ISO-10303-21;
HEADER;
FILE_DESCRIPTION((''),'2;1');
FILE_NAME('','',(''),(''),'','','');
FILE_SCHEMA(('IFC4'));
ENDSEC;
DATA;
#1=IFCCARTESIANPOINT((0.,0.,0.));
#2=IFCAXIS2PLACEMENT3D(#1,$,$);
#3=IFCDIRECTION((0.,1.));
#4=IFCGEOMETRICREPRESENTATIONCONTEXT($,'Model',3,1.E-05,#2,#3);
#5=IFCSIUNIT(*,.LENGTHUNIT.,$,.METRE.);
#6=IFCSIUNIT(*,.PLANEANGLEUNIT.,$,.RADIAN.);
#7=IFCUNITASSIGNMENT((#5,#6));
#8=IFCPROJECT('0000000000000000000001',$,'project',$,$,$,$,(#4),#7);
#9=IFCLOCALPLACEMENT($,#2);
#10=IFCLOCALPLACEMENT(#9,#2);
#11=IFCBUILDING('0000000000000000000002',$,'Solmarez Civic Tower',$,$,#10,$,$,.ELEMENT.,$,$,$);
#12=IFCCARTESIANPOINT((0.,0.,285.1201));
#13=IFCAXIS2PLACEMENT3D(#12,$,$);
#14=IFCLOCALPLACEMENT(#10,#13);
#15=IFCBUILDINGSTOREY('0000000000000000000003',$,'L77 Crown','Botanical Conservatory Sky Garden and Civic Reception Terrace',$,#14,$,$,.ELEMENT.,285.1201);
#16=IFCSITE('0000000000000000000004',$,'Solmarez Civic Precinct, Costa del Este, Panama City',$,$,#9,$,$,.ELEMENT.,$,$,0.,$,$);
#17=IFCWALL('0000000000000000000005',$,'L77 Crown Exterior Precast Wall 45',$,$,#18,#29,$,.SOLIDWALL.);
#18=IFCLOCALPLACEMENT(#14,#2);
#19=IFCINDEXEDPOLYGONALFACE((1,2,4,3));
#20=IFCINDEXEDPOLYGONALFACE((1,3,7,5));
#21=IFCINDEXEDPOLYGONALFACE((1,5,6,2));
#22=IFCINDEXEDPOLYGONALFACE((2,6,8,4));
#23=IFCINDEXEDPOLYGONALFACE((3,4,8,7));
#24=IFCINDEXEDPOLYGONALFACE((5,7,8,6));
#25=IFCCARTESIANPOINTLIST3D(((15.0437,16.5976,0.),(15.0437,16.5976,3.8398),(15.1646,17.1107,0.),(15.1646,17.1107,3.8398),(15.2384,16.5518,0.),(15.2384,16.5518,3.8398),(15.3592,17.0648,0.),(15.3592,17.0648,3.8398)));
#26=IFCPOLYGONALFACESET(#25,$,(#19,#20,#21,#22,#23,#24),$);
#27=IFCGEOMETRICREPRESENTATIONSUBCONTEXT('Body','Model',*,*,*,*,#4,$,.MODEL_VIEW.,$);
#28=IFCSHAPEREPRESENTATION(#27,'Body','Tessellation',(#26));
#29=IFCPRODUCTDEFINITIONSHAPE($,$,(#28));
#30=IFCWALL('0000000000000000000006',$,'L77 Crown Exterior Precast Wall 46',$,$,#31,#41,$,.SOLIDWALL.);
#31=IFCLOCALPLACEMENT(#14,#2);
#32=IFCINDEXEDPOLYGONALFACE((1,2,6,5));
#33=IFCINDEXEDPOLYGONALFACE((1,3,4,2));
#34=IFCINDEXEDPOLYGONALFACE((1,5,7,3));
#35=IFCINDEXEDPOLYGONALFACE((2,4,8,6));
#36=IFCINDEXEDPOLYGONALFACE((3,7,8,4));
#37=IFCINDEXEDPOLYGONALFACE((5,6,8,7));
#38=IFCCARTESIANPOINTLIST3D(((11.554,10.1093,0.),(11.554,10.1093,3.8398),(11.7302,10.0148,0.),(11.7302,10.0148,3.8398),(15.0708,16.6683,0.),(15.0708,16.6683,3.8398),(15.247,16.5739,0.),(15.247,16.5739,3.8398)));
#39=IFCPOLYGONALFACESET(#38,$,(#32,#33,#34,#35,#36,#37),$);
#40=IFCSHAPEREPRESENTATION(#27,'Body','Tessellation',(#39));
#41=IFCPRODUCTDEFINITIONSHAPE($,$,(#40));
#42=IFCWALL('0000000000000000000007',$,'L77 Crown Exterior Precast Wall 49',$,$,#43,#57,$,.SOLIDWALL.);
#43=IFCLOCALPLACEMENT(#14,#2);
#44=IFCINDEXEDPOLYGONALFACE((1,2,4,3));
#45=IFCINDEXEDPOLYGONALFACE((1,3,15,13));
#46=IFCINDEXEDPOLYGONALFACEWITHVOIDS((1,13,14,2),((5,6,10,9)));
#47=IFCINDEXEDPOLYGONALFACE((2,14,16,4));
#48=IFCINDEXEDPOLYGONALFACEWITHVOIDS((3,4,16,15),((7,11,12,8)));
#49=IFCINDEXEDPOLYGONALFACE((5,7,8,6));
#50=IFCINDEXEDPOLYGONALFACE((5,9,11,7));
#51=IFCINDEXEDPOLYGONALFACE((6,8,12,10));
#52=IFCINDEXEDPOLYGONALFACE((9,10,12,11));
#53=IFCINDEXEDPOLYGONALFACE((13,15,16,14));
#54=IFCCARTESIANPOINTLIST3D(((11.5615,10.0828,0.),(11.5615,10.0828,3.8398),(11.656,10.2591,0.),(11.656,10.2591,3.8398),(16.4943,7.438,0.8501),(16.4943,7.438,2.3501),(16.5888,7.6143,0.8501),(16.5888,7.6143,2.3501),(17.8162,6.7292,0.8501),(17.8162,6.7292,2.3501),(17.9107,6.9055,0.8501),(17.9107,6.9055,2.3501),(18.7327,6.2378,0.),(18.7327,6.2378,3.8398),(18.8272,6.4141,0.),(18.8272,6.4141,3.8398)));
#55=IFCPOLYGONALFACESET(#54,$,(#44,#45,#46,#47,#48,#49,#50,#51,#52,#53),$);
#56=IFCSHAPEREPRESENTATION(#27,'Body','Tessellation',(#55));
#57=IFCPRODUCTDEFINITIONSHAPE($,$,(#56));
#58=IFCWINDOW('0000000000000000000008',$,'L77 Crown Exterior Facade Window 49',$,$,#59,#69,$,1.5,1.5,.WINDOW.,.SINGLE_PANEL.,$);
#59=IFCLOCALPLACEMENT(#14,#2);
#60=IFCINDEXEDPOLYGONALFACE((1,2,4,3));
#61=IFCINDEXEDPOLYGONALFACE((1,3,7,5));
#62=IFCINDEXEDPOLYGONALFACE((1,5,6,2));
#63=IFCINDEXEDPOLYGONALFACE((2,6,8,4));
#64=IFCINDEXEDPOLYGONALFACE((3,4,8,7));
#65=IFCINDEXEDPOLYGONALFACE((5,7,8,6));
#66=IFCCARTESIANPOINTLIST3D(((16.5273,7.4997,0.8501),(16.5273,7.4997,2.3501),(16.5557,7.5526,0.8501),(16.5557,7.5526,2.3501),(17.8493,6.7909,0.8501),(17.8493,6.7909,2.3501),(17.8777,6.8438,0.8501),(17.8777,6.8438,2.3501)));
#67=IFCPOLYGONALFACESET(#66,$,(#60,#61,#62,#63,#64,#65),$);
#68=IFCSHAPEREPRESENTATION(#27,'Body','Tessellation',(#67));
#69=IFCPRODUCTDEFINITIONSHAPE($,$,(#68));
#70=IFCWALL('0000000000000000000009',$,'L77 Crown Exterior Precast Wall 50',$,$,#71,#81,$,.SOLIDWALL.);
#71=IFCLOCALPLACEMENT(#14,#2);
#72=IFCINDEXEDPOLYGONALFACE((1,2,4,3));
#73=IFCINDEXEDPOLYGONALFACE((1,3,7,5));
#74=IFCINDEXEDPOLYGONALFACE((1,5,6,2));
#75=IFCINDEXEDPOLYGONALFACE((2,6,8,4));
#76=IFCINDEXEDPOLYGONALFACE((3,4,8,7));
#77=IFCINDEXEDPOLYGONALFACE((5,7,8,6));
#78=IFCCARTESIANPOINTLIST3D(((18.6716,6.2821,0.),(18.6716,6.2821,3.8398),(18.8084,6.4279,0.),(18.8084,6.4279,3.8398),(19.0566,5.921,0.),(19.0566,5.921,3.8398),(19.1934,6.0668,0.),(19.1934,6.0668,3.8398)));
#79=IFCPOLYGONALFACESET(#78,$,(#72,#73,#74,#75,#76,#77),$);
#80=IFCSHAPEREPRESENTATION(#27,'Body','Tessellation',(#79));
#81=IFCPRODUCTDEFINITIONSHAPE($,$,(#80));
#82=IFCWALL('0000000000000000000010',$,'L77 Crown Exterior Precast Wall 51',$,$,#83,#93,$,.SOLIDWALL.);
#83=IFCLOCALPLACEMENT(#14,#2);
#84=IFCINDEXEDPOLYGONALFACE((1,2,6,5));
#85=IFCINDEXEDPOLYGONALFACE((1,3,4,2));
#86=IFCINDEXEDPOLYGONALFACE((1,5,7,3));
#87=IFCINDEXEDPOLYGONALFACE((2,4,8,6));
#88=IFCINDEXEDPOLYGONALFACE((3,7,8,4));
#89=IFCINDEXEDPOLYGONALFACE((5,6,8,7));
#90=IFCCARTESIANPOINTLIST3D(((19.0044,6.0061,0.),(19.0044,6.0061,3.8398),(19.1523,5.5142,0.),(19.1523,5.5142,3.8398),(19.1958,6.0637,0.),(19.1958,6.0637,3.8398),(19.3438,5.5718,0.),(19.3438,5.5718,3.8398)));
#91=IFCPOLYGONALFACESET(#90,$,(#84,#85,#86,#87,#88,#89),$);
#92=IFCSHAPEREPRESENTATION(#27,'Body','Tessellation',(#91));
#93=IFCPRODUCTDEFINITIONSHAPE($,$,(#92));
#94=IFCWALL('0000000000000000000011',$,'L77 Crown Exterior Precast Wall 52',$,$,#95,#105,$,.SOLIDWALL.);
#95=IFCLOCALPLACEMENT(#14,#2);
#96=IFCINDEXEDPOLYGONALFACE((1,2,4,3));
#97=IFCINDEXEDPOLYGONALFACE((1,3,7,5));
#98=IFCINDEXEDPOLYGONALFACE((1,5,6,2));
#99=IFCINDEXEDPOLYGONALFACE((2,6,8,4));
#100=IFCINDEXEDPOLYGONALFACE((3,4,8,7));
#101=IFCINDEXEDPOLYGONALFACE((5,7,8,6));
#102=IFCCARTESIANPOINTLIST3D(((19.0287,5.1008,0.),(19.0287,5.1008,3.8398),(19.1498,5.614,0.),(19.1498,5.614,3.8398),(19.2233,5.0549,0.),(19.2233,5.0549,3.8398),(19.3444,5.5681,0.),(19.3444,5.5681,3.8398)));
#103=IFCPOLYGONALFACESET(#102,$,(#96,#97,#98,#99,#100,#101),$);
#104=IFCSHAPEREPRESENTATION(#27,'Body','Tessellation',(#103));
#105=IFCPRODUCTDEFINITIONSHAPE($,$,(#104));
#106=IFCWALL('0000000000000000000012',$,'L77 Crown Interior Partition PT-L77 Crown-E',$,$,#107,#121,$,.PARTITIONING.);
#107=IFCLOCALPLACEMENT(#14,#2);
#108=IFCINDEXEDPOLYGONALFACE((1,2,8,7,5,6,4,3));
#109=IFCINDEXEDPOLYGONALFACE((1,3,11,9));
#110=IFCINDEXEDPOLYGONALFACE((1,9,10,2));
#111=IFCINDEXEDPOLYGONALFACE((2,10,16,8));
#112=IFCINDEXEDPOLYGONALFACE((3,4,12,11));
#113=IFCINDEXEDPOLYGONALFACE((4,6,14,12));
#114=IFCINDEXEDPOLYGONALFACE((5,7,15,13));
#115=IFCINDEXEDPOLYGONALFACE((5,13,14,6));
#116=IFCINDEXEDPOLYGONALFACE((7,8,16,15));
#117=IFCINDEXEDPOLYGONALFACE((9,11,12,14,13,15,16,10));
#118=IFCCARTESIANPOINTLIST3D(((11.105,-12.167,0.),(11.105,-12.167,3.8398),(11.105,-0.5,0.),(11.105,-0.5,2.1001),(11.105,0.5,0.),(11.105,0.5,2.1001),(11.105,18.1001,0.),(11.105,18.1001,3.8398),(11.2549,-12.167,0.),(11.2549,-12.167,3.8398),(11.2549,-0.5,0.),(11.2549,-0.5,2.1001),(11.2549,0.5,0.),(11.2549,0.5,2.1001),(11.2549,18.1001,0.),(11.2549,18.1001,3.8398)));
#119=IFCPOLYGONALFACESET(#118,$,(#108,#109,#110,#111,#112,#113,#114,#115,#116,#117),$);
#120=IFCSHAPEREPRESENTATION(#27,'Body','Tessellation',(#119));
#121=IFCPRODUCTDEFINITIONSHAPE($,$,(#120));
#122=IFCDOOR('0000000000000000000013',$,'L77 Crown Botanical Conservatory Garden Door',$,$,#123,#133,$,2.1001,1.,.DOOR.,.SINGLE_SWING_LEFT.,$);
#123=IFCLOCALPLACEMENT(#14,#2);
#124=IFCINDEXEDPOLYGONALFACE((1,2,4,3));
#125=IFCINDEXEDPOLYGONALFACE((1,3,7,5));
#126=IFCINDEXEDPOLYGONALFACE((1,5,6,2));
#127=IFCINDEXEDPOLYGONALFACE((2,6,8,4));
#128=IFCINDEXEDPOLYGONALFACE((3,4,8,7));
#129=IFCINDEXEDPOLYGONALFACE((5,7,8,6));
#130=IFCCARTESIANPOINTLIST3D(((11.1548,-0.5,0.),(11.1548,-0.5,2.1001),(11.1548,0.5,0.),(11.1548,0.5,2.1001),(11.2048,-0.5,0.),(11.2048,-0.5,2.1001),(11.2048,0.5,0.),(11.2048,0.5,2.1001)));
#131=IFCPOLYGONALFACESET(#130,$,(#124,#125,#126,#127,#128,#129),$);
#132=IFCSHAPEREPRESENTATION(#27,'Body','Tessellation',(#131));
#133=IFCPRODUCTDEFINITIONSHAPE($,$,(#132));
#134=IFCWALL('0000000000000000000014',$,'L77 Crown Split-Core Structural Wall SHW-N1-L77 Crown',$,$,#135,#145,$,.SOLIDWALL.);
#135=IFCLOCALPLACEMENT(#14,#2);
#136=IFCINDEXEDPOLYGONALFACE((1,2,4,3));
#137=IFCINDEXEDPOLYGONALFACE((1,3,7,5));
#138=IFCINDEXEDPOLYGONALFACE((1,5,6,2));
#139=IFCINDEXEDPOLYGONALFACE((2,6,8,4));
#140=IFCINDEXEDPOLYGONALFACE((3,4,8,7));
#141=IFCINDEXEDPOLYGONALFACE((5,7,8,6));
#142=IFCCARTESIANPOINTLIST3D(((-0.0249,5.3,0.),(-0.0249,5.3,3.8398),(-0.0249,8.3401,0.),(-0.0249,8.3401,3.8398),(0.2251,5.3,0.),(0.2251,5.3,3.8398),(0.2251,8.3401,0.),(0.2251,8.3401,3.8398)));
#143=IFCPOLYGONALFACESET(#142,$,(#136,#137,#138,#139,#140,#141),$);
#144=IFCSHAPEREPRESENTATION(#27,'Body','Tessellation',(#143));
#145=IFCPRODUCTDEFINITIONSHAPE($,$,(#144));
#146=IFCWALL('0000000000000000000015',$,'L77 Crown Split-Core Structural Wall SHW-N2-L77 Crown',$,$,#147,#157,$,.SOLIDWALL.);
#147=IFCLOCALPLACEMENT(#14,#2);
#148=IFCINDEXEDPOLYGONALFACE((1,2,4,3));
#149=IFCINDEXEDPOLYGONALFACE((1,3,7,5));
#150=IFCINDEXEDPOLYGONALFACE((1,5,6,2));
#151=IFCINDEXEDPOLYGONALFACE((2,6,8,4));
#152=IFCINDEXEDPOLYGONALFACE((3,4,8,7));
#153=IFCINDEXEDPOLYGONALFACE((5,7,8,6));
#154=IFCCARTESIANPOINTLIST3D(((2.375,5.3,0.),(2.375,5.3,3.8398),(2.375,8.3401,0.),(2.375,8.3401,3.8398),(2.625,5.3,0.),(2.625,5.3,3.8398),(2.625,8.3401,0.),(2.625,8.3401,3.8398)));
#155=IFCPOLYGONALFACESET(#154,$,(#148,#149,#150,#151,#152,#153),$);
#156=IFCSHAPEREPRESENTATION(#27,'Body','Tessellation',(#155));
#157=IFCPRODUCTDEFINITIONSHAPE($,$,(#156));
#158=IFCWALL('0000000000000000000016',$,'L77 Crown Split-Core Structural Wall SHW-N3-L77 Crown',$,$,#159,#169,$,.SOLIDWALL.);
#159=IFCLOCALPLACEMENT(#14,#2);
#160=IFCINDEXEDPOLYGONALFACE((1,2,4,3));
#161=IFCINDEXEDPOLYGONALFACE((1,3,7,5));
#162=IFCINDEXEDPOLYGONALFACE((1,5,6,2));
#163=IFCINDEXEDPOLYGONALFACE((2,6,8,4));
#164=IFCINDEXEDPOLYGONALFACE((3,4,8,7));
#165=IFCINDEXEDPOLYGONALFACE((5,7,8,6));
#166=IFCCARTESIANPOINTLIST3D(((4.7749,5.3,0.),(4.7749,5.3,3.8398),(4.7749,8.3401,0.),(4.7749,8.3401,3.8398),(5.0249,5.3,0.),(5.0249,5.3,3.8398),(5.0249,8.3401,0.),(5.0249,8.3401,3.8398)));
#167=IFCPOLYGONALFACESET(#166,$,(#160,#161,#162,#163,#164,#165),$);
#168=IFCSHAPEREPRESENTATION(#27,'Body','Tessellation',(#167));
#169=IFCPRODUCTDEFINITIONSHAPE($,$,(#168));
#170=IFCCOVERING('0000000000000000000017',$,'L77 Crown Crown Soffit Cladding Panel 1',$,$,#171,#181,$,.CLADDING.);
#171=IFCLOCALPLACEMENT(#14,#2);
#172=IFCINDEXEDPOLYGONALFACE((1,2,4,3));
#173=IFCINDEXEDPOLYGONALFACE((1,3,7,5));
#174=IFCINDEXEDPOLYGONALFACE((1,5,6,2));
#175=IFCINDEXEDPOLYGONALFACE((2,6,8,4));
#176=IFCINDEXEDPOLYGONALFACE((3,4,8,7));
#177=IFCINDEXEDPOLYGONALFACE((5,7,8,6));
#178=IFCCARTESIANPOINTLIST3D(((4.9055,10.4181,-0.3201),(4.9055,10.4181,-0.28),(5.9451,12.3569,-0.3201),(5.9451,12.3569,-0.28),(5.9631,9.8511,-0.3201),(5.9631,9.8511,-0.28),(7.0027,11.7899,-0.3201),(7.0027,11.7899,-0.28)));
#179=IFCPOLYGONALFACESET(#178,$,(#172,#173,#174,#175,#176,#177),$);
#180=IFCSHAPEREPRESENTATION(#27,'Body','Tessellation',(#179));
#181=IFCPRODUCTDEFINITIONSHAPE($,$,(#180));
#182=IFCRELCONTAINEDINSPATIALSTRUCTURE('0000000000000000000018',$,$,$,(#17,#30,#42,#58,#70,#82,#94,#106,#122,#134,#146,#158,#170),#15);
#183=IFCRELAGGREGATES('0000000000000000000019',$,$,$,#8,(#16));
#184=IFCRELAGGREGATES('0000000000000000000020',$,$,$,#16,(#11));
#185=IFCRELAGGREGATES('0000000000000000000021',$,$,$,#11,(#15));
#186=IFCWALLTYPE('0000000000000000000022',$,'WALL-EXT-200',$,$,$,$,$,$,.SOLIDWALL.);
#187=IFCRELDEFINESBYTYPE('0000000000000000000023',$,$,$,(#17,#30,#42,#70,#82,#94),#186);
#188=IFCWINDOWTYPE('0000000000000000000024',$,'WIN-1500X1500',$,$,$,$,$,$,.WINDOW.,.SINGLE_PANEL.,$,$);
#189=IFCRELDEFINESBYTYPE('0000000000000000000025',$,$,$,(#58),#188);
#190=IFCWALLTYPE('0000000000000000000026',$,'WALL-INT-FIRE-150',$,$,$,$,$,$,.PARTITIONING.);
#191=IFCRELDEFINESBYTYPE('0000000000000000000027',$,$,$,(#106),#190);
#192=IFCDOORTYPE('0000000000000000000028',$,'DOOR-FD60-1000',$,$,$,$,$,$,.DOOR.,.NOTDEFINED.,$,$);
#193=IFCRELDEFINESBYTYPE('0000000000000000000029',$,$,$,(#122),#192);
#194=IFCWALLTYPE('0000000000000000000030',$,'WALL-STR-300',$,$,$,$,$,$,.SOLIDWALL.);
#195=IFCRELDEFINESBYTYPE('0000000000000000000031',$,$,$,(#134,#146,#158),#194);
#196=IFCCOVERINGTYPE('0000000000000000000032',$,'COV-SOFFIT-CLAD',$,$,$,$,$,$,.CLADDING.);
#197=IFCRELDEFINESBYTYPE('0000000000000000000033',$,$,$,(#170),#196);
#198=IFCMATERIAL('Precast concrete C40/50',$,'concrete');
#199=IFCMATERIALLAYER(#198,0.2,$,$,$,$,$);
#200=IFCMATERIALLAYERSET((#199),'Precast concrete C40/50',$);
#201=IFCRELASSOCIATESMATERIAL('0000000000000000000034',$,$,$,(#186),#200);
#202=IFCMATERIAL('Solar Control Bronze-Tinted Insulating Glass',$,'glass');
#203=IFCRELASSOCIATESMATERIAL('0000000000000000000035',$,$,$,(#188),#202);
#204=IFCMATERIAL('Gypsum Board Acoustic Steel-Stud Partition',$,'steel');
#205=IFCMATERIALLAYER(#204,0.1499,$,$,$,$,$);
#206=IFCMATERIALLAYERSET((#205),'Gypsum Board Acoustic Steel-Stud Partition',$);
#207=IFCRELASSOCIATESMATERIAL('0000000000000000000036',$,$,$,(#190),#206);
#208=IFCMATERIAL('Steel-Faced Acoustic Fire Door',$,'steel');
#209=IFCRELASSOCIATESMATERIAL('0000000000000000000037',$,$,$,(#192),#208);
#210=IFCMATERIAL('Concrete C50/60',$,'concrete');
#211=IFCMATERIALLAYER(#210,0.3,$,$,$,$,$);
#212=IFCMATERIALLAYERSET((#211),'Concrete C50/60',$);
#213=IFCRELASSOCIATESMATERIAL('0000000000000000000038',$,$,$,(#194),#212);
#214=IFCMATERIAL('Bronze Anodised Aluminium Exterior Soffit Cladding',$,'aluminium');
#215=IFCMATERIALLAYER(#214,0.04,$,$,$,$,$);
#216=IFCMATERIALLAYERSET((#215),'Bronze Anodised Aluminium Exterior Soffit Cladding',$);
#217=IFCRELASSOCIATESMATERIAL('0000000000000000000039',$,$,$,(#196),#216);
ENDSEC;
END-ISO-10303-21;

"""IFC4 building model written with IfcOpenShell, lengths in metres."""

from ifc_helpers import new_model, si_unit, direction, frame, frame_2d, origin, origin_2d, place, context, subcontext, project, spatial, rectangle, extrude, material, layer, layer_set, type_object, element, fill, save


model = new_model("IFC4")

# Units and contexts
model_context = context("Model", 3, precision=1e-05, world=origin(), true_north=direction((0.0, 1.0)))
body_context = subcontext(model_context, "Body", "Model", "MODEL_VIEW")
ifc_project = project(units=[si_unit("LENGTHUNIT", "METRE"), si_unit("PLANEANGLEUNIT", "RADIAN")], contexts=[model_context])

# Site, building, storey
site_placement = place(None, origin())
site = spatial("IfcSite", under=ifc_project, at=site_placement, Name="Solmarez Civic Precinct, Costa del Este, Panama City", CompositionType="ELEMENT", RefElevation=0.0)
building_placement = place(site_placement, origin())
building = spatial("IfcBuilding", under=site, at=building_placement, Name="Solmarez Civic Tower", CompositionType="ELEMENT")
storey_placement = place(building_placement, frame((0.0, 0.0, 285.1201)))
storey = spatial("IfcBuildingStorey", under=building, at=storey_placement, Name="L77 Crown", Description="Botanical Conservatory Sky Garden and Civic Reception Terrace", CompositionType="ELEMENT", Elevation=285.1201)

# Shared definitions
ifc_material_1 = material(Name="Concrete C50/60", Category="concrete")
ifc_material_2 = material(Name="Precast concrete C40/50", Category="concrete")
ifc_layer_1 = layer(ifc_material_2, 0.2)
ifc_layer_set_1 = layer_set([ifc_layer_1], Name="Precast concrete C40/50")
wall_type_1 = type_object("IfcWallType", Name="WALL-EXT-200", PredefinedType="SOLIDWALL", material=ifc_layer_set_1)

# Shared definitions
ifc_material_3 = material(Name="Solar Control Bronze-Tinted Insulating Glass", Category="glass")

# Walls
wall_1_placement = place(storey_placement, frame((15.262, 17.0879, 0.0), z_axis=(0.0, 0.0, 1.0), x_axis=(-0.229323, -0.97335, 0.0)))
element("IfcWall", 1, at=wall_1_placement, inside=storey, type_object=wall_type_1, Name="L77 Crown Exterior Precast Wall 45", PredefinedType="SOLIDWALL", context=body_context, shape_type="SweptSolid", body=[
    extrude(rectangle(XDim=0.5271, YDim=0.2, at=frame_2d((0.2637, 0.0))), origin(), (0.0, 0.0, 1.0), 3.8398),
])
wall_2_placement = place(storey_placement, frame((15.1589, 16.6211, 0.0), z_axis=(0.0, 0.0, 1.0), x_axis=(-0.47254, -0.881309, 0.0)))
element("IfcWall", 2, at=wall_2_placement, inside=storey, type_object=wall_type_1, Name="L77 Crown Exterior Precast Wall 46", PredefinedType="SOLIDWALL", context=body_context, shape_type="SweptSolid", body=[
    extrude(rectangle(XDim=7.4424, YDim=0.2, at=frame_2d((3.7212, 0.0))), origin(), (0.0, 0.0, 1.0), 3.8398),
])

# Wall, opening, window
wall_3_placement = place(storey_placement, frame((11.6089, 10.1709, 0.0), z_axis=(0.0, 0.0, 1.0), x_axis=(0.881312, -0.472535, 0.0)))
wall_3 = element("IfcWall", 3, at=wall_3_placement, inside=storey, type_object=wall_type_1, Name="L77 Crown Exterior Precast Wall 49", PredefinedType="SOLIDWALL", context=body_context, shape_type="SweptSolid", body=[
    extrude(rectangle(XDim=8.137, YDim=0.2, at=frame_2d((4.0684, 0.0))), origin(), (0.0, 0.0, 1.0), 3.8398),
])
opening_1_placement = place(wall_3_placement, frame((5.5969, 0.0, 0.8501)))
opening_1 = element("IfcOpeningElement", 4, at=opening_1_placement, cuts=wall_3, PredefinedType="OPENING", context=body_context, shape_type="SweptSolid", body=[
    extrude(rectangle(XDim=1.5, YDim=1.5, at=frame_2d((0.75, 0.75))), frame((0.0, 0.1099, 0.0), z_axis=(0.0, -1.0, 0.0), x_axis=(1.0, 0.0, 0.0)), (0.0, 0.0, 1.0), 0.22),
])
window_type_1 = type_object("IfcWindowType", Name="WIN-1500X1500", PartitioningType="SINGLE_PANEL", PredefinedType="WINDOW", material=ifc_material_3)
window_1_placement = place(opening_1_placement, origin())
window_1 = element("IfcWindow", 5, at=window_1_placement, inside=storey, type_object=window_type_1, Name="L77 Crown Exterior Facade Window 49", OverallHeight=1.5, OverallWidth=1.5, PartitioningType="SINGLE_PANEL", PredefinedType="WINDOW", context=body_context, shape_type="SweptSolid", body=[
    extrude(rectangle(XDim=1.5, YDim=1.5, at=frame_2d((0.75, 0.75))), frame((0.0, 0.03, 0.0), z_axis=(0.0, -1.0, 0.0), x_axis=(1.0, 0.0, 0.0)), (0.0, 0.0, 1.0), 0.0601),
])
fill(opening_1, window_1)

# Walls
wall_4_placement = place(storey_placement, frame((18.74, 6.355, 0.0), z_axis=(0.0, 0.0, 1.0), x_axis=(0.729407, -0.68408, 0.0)))
element("IfcWall", 6, at=wall_4_placement, inside=storey, type_object=wall_type_1, Name="L77 Crown Exterior Precast Wall 50", PredefinedType="SOLIDWALL", context=body_context, shape_type="SweptSolid", body=[
    extrude(rectangle(XDim=0.5278, YDim=0.2, at=frame_2d((0.2639, 0.0))), origin(), (0.0, 0.0, 1.0), 3.8398),
])
wall_5_placement = place(storey_placement, frame((19.1001, 6.0349, 0.0), z_axis=(0.0, 0.0, 1.0), x_axis=(0.288002, -0.95763, 0.0)))
element("IfcWall", 7, at=wall_5_placement, inside=storey, type_object=wall_type_1, Name="L77 Crown Exterior Precast Wall 51", PredefinedType="SOLIDWALL", context=body_context, shape_type="SweptSolid", body=[
    extrude(rectangle(XDim=0.5137, YDim=0.2, at=frame_2d((0.2568, 0.0))), origin(), (0.0, 0.0, 1.0), 3.8398),
])
wall_6_placement = place(storey_placement, frame((19.2471, 5.5911, 0.0), z_axis=(0.0, 0.0, 1.0), x_axis=(-0.229659, -0.973271, 0.0)))
element("IfcWall", 8, at=wall_6_placement, inside=storey, type_object=wall_type_1, Name="L77 Crown Exterior Precast Wall 52", PredefinedType="SOLIDWALL", context=body_context, shape_type="SweptSolid", body=[
    extrude(rectangle(XDim=0.5273, YDim=0.2, at=frame_2d((0.2637, 0.0))), origin(), (0.0, 0.0, 1.0), 3.8398),
])

# Wall, opening, door
ifc_material_4 = material(Name="Gypsum Board Acoustic Steel-Stud Partition", Category="steel")
ifc_layer_2 = layer(ifc_material_4, 0.1499)
ifc_layer_set_2 = layer_set([ifc_layer_2], Name="Gypsum Board Acoustic Steel-Stud Partition")
wall_type_2 = type_object("IfcWallType", Name="WALL-INT-FIRE-150", PredefinedType="PARTITIONING", material=ifc_layer_set_2)
wall_7_placement = place(storey_placement, frame((11.1799, 18.1001, 0.0), z_axis=(0.0, 0.0, 1.0), x_axis=(0.0, -1.0, 0.0)))
wall_7 = element("IfcWall", 9, at=wall_7_placement, inside=storey, type_object=wall_type_2, Name="L77 Crown Interior Partition PT-L77 Crown-E", PredefinedType="PARTITIONING", context=body_context, shape_type="SweptSolid", body=[
    extrude(rectangle(XDim=30.2671, YDim=0.1499, at=frame_2d((15.1335, 0.0))), origin(), (0.0, 0.0, 1.0), 3.8398),
])
opening_2_placement = place(wall_7_placement, frame((17.6001, 0.0, 0.0)))
opening_2 = element("IfcOpeningElement", 10, at=opening_2_placement, cuts=wall_7, PredefinedType="OPENING", context=body_context, shape_type="SweptSolid", body=[
    extrude(rectangle(XDim=1.0, YDim=2.1001, at=frame_2d((0.5, 1.05))), frame((0.0, 0.085, 0.0), z_axis=(0.0, -1.0, 0.0), x_axis=(1.0, 0.0, 0.0)), (0.0, 0.0, 1.0), 0.1699),
])
ifc_material_5 = material(Name="Steel-Faced Acoustic Fire Door", Category="steel")
door_type = type_object("IfcDoorType", Name="DOOR-FD60-1000", OperationType="NOTDEFINED", PredefinedType="DOOR", material=ifc_material_5)
door_placement = place(opening_2_placement, origin())
door = element("IfcDoor", 11, at=door_placement, inside=storey, type_object=door_type, Name="L77 Crown Botanical Conservatory Garden Door", OperationType="SINGLE_SWING_LEFT", OverallHeight=2.1001, OverallWidth=1.0, PredefinedType="DOOR", context=body_context, shape_type="SweptSolid", body=[
    extrude(rectangle(XDim=1.0, YDim=2.1001, at=frame_2d((0.5, 1.05))), frame((0.0, 0.0249, 0.0), z_axis=(0.0, -1.0, 0.0), x_axis=(1.0, 0.0, 0.0)), (0.0, 0.0, 1.0), 0.05),
])
fill(opening_2, door)

# Walls
ifc_layer_3 = layer(ifc_material_1, 0.3)
ifc_layer_set_3 = layer_set([ifc_layer_3], Name="Concrete C50/60")
wall_type_3 = type_object("IfcWallType", Name="WALL-STR-300", PredefinedType="SOLIDWALL", material=ifc_layer_set_3)
for number, where, z_axis, x_axis, name in (
    (12, (0.1001, 5.3, 0.0), (0.0, 0.0, 1.0), (0.0, 1.0, 0.0), "L77 Crown Split-Core Structural Wall SHW-N1-L77 Crown"),
    (13, (2.5, 5.3, 0.0), (0.0, 0.0, 1.0), (0.0, 1.0, 0.0), "L77 Crown Split-Core Structural Wall SHW-N2-L77 Crown"),
    (14, (4.8999, 5.3, 0.0), (0.0, 0.0, 1.0), (0.0, 1.0, 0.0), "L77 Crown Split-Core Structural Wall SHW-N3-L77 Crown"),
):
    element("IfcWall", number, at=place(storey_placement, frame(where, z_axis=z_axis, x_axis=x_axis)), inside=storey, type_object=wall_type_3, Name=name, PredefinedType="SOLIDWALL", context=body_context, shape_type="SweptSolid", body=[
        extrude(rectangle(XDim=3.04, YDim=0.25, at=frame_2d((1.52, 0.0))), origin(), (0.0, 0.0, 1.0), 3.8398),
    ])

# Covering
ifc_material_6 = material(Name="Bronze Anodised Aluminium Exterior Soffit Cladding", Category="aluminium")
ifc_layer_4 = layer(ifc_material_6, 0.04)
ifc_layer_set_4 = layer_set([ifc_layer_4], Name="Bronze Anodised Aluminium Exterior Soffit Cladding")
covering_type = type_object("IfcCoveringType", Name="COV-SOFFIT-CLAD", PredefinedType="CLADDING", material=ifc_layer_set_4)
covering_placement = place(storey_placement, frame((5.9541, 11.104, -0.3201), z_axis=(0.0, 0.0, 1.0), x_axis=(0.472551, 0.881303, 0.0)))
element("IfcCovering", 15, at=covering_placement, inside=storey, type_object=covering_type, Name="L77 Crown Crown Soffit Cladding Panel 1", PredefinedType="CLADDING", context=body_context, shape_type="SweptSolid", body=[
    extrude(rectangle(XDim=2.2, YDim=1.2, at=origin_2d()), origin(), (0.0, 0.0, 1.0), 0.04),
])

save(model, "model.ifc")
